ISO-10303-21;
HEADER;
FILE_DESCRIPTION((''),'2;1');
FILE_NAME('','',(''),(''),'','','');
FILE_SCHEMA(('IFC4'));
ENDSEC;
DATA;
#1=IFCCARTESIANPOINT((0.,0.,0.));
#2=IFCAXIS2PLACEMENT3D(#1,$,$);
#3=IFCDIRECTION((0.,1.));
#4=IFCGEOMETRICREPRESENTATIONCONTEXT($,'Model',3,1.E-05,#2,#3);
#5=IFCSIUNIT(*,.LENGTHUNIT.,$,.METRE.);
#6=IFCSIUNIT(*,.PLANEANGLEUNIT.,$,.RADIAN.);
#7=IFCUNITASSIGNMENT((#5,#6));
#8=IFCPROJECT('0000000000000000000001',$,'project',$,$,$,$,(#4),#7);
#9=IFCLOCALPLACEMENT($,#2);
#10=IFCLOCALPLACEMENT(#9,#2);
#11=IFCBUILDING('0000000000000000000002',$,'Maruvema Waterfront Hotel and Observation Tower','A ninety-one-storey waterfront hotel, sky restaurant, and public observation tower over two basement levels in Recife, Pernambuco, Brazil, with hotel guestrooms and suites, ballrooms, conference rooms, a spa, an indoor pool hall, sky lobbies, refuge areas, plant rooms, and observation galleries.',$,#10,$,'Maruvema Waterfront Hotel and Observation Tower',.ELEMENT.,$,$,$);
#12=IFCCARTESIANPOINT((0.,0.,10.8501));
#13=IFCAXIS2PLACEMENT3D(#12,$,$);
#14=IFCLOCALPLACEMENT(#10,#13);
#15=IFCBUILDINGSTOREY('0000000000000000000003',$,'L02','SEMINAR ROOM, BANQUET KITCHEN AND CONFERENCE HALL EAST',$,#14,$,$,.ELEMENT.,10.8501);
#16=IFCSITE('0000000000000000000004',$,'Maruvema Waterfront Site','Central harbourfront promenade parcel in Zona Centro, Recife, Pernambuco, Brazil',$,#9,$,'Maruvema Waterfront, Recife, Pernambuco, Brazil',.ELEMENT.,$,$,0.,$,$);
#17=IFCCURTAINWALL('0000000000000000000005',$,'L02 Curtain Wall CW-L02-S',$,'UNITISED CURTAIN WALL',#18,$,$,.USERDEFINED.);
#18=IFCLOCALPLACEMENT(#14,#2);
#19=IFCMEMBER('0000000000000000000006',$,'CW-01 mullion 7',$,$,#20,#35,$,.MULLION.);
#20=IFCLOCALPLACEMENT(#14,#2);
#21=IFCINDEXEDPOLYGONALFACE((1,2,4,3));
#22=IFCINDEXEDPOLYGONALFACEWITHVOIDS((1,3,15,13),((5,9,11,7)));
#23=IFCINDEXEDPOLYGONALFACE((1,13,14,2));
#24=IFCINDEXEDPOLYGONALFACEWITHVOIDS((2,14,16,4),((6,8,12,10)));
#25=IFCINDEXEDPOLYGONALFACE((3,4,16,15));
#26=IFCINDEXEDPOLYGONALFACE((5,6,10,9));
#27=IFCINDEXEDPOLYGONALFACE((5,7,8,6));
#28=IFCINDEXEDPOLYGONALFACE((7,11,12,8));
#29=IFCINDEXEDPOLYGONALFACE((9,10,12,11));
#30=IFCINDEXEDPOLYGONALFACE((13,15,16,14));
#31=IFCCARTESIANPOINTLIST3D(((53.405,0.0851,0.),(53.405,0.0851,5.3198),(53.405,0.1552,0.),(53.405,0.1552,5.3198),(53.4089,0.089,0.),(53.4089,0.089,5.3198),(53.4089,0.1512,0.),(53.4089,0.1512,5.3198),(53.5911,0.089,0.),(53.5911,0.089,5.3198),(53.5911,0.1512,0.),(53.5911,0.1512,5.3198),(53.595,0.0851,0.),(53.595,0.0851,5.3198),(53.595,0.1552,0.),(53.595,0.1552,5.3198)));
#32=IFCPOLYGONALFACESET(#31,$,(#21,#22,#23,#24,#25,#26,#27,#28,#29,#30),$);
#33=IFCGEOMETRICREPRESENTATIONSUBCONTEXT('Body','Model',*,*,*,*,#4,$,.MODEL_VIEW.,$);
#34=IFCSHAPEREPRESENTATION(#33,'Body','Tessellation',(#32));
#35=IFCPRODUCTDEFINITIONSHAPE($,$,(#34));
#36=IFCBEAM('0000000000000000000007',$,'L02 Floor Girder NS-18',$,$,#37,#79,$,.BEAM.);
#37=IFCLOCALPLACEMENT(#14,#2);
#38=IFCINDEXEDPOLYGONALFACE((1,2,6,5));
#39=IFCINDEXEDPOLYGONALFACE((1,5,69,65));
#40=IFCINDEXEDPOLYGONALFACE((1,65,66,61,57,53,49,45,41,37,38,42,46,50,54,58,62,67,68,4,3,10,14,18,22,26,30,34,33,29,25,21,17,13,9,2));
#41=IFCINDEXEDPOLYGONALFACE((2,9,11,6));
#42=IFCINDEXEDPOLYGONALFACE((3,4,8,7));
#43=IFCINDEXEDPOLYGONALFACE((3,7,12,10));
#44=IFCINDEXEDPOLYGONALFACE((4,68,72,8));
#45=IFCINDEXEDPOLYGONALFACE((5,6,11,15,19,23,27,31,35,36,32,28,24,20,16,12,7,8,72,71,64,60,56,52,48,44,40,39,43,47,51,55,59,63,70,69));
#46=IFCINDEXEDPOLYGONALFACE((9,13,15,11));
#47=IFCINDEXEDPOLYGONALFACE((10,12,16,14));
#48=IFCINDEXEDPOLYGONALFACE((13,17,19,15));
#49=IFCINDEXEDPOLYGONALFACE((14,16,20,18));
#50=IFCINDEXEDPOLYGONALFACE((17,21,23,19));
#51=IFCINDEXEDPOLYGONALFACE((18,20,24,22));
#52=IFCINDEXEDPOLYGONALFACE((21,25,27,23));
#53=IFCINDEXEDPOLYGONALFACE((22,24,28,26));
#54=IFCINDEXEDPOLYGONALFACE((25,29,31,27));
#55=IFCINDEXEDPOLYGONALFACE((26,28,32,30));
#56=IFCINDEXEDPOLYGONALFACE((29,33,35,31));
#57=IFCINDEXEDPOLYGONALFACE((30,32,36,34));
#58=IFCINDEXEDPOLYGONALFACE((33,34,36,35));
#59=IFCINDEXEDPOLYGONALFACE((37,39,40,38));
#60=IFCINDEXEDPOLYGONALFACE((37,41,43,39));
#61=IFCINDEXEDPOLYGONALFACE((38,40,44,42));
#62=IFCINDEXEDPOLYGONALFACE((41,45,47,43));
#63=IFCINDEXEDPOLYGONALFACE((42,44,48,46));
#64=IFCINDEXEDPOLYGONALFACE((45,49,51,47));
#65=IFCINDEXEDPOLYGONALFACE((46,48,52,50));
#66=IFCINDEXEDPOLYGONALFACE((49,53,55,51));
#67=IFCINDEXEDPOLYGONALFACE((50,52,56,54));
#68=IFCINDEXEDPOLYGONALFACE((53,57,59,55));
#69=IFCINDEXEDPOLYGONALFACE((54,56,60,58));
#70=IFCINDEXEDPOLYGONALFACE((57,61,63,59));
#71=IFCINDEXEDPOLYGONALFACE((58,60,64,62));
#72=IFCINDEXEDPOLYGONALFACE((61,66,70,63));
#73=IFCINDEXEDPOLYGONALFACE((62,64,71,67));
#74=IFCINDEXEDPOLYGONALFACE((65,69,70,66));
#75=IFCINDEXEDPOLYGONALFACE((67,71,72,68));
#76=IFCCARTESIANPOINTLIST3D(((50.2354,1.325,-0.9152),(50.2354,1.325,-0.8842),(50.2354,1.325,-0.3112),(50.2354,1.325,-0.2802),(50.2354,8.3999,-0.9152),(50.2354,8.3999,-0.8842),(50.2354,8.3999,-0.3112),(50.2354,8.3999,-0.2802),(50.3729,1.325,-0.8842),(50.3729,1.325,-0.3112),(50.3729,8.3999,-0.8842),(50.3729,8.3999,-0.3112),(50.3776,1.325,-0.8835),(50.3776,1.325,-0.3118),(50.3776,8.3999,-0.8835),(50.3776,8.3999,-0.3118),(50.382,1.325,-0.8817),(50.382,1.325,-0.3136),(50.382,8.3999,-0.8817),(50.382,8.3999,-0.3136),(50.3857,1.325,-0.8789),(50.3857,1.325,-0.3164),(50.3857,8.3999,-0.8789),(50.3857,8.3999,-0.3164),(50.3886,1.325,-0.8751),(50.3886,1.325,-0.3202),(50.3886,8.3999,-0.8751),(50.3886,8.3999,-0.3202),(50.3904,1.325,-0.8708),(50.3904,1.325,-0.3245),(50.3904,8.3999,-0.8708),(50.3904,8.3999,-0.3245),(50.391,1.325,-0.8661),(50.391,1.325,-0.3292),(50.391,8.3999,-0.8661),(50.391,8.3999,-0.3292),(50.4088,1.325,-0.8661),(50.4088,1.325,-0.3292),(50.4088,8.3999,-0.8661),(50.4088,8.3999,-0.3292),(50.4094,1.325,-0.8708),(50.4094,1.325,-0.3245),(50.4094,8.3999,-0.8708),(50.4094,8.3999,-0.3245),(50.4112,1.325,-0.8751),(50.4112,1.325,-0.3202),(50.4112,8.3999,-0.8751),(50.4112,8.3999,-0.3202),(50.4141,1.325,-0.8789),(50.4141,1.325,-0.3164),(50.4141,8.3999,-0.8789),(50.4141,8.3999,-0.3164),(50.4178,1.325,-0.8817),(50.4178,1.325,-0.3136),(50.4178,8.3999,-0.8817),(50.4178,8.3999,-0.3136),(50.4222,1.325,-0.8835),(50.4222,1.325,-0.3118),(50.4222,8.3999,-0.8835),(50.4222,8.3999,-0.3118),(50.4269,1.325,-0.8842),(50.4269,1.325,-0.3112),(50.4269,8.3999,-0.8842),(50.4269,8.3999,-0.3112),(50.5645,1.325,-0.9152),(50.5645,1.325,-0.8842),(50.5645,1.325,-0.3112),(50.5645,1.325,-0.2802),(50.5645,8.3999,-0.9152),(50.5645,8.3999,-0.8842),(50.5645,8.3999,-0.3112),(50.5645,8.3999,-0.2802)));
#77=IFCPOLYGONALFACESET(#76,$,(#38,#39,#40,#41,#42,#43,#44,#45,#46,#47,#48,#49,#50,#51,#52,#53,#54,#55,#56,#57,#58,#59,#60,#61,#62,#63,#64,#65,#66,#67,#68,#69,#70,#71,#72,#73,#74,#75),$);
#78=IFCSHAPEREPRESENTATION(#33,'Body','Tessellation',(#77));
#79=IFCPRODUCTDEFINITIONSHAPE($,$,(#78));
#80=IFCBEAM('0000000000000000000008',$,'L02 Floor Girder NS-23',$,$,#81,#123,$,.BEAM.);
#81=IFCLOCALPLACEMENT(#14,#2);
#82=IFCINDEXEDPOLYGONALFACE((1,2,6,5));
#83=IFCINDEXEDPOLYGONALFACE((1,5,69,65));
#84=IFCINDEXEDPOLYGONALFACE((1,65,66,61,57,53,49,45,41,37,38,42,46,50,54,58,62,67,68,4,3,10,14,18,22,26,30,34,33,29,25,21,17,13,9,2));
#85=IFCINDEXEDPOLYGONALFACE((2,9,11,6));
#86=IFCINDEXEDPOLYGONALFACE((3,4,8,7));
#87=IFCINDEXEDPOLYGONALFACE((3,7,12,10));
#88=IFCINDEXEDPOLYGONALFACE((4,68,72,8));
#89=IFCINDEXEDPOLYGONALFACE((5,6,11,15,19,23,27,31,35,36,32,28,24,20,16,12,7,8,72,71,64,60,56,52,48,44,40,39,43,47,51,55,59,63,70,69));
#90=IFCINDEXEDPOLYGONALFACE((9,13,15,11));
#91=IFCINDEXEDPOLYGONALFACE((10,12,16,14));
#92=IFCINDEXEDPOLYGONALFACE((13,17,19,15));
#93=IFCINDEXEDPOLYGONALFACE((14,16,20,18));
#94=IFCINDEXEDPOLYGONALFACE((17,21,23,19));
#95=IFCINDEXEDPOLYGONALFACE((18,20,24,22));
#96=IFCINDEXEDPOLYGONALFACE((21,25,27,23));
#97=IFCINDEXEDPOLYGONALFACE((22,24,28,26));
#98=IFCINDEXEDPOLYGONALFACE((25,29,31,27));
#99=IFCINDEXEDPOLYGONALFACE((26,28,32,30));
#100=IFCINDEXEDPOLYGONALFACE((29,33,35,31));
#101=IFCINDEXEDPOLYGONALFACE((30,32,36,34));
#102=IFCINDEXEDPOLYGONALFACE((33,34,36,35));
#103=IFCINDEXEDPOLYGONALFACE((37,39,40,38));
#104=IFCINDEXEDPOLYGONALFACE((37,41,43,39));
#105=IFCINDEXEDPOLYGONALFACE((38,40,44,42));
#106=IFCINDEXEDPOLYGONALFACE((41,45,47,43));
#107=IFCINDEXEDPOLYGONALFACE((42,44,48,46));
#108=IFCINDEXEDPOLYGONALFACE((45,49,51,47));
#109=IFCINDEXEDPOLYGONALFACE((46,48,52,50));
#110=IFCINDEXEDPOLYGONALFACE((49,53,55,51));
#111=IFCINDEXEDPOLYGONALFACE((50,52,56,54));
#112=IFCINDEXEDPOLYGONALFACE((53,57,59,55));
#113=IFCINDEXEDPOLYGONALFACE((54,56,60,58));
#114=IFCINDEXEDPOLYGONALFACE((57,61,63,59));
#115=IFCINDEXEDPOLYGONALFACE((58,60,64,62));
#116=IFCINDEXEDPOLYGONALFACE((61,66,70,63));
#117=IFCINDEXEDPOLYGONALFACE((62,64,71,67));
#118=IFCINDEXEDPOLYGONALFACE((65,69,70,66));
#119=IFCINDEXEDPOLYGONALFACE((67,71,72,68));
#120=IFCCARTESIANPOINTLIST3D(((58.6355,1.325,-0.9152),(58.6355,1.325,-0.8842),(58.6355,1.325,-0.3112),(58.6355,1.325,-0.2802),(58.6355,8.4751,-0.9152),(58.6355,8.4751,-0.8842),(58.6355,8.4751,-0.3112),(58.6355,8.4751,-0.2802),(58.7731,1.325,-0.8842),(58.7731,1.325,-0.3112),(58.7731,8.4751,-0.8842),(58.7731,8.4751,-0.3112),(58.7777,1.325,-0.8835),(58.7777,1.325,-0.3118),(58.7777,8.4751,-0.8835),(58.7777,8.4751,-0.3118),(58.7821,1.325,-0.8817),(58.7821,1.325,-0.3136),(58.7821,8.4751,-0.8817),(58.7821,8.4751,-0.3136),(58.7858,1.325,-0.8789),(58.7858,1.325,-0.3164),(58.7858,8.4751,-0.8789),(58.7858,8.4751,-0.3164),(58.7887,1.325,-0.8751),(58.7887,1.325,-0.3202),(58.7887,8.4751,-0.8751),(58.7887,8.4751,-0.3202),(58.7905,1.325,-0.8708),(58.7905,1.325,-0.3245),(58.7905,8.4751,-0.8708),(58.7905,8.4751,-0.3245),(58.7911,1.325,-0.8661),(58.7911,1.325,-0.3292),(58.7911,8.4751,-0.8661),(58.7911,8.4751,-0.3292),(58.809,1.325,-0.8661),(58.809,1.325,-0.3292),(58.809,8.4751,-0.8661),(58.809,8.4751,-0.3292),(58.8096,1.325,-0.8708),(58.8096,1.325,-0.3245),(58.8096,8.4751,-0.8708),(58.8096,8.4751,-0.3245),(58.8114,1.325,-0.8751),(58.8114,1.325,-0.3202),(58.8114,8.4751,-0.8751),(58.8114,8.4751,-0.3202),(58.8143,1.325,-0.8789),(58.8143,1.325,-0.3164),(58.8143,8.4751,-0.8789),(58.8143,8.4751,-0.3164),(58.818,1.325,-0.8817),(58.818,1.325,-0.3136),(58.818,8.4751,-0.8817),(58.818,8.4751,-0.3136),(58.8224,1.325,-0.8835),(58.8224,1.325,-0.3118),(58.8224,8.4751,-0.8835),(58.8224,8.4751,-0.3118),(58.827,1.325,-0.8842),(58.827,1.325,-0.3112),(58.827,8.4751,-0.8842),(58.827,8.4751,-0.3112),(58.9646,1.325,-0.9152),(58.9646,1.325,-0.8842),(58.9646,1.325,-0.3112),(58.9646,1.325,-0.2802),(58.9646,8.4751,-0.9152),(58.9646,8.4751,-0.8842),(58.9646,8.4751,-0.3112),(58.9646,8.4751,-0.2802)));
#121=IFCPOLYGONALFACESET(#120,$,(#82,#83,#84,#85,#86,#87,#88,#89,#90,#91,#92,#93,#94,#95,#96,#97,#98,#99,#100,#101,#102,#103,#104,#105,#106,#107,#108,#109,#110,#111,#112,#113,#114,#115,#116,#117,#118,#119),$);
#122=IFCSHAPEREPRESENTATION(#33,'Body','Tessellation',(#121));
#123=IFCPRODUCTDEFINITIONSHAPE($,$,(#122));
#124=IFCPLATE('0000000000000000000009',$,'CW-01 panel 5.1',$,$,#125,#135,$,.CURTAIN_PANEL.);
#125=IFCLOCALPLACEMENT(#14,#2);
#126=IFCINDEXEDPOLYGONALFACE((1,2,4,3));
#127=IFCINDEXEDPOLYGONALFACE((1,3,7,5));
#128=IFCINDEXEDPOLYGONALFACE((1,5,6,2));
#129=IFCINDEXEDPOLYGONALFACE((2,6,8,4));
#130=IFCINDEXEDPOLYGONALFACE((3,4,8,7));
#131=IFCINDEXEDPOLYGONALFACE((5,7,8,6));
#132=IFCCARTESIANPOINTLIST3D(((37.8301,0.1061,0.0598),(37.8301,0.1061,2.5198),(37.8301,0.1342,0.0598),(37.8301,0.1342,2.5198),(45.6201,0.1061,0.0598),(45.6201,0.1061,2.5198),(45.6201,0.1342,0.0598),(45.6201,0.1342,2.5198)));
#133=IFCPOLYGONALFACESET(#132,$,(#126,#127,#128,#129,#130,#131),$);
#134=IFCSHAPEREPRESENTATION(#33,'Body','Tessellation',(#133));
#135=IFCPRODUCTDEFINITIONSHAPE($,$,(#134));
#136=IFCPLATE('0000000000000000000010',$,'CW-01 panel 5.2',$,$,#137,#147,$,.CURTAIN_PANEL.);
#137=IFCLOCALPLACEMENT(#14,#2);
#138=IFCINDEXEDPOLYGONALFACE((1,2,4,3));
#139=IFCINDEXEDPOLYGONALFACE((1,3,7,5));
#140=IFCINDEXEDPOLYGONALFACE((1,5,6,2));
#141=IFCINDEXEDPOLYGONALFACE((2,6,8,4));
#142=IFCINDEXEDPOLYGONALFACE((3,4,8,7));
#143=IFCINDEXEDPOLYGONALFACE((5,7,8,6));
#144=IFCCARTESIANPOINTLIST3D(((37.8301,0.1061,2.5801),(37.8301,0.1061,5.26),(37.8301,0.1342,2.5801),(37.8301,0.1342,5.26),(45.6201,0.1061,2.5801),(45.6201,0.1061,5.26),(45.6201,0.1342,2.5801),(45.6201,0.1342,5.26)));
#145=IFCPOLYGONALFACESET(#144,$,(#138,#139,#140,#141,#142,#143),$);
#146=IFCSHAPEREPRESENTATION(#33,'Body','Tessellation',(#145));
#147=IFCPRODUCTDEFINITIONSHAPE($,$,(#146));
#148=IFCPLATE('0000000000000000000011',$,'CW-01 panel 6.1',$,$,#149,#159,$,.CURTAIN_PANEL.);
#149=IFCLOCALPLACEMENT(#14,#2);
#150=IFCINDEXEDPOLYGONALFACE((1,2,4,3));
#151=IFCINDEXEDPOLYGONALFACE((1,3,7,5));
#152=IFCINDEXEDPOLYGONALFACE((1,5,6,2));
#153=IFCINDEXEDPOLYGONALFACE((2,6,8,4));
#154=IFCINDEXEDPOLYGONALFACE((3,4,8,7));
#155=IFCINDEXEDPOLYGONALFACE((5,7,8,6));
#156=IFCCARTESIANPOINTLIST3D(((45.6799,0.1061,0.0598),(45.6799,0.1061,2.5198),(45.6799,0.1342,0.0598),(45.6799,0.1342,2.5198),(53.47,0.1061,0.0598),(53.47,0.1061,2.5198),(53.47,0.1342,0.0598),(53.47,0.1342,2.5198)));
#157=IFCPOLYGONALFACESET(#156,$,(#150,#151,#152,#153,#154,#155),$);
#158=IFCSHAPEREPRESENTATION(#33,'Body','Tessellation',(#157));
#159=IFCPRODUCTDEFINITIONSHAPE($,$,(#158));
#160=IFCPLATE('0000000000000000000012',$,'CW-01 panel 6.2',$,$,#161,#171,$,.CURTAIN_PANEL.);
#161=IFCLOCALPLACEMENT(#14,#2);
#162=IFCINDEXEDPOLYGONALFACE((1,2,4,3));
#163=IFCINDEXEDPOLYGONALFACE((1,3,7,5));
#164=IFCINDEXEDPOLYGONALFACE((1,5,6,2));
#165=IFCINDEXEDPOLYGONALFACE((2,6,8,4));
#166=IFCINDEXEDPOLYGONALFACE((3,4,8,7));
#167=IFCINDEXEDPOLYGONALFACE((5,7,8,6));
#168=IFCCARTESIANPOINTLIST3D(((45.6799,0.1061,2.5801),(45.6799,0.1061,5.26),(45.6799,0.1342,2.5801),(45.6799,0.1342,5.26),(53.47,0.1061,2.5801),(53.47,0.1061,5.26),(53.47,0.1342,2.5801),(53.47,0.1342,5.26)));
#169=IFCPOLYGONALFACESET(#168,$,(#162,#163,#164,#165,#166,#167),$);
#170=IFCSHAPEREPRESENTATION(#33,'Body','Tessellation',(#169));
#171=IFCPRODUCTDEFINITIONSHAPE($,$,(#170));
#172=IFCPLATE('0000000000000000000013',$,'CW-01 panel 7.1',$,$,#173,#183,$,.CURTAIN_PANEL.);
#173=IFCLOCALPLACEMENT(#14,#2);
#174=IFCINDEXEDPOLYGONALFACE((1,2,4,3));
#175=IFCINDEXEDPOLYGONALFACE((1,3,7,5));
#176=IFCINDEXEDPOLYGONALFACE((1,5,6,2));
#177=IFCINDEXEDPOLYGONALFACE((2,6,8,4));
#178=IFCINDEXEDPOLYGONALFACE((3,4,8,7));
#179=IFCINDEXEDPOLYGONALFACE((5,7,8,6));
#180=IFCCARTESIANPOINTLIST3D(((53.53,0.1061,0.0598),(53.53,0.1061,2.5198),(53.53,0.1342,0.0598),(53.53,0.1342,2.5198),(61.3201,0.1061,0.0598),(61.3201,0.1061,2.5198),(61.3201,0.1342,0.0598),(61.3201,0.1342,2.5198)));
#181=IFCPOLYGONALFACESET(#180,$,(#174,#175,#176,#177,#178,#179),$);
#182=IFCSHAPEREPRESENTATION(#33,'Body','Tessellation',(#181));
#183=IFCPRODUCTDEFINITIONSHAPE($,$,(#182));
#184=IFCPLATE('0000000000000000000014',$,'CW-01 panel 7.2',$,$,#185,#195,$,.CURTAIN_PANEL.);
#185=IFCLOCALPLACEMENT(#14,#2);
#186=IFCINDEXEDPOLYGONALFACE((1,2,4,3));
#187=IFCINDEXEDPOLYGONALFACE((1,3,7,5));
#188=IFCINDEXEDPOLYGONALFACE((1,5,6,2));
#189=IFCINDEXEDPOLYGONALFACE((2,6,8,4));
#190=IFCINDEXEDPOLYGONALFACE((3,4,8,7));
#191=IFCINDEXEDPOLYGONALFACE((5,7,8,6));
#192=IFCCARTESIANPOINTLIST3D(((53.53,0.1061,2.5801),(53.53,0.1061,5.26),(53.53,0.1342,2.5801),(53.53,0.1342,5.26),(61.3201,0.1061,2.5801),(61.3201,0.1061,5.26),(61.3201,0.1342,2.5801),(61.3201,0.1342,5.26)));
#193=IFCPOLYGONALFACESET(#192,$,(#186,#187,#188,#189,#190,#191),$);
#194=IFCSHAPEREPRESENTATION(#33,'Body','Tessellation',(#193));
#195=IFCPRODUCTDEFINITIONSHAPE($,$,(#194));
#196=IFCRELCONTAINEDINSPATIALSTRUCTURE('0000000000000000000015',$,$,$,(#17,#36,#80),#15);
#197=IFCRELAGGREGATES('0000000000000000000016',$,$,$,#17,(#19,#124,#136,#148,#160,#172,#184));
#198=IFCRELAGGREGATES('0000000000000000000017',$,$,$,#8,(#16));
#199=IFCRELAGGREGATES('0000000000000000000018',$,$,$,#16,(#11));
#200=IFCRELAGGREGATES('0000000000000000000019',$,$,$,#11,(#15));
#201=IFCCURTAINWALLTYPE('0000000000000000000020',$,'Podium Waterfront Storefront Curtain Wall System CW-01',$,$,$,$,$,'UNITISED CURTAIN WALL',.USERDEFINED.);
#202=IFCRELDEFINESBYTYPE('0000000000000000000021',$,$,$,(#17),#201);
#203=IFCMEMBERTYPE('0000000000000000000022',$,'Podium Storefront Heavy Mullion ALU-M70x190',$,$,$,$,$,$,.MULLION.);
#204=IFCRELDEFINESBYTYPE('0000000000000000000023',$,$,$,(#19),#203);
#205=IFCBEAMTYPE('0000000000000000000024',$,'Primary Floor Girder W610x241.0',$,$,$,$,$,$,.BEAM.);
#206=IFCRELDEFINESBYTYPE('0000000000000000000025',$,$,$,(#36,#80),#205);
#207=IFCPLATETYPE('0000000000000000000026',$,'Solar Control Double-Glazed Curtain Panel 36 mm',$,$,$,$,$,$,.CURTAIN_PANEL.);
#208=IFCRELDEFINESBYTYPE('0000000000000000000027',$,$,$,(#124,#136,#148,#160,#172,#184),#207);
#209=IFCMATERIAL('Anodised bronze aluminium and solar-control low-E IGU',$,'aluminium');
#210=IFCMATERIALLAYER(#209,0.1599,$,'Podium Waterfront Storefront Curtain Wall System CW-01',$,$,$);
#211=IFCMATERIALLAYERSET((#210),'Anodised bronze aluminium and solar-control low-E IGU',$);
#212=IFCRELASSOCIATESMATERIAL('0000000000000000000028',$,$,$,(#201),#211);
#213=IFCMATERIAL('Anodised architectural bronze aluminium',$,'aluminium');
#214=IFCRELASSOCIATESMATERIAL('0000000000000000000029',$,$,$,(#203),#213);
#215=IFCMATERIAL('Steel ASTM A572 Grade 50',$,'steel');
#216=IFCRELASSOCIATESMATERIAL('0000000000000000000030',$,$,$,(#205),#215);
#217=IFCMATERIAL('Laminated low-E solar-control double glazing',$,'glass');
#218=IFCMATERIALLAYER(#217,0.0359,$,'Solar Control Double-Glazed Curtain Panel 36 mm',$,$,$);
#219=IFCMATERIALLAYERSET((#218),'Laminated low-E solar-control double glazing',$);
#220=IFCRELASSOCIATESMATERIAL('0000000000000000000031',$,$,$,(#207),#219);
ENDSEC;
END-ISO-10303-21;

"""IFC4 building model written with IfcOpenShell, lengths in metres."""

from ifc_helpers import new_model, si_unit, direction, frame, origin, origin_2d, place, context, subcontext, project, spatial, rectangle, hollow_rectangle, i_section, extrude, material, layer, layer_set, material_profile, profile_set, type_object, element, aggregate, save


model = new_model("IFC4")

# Units and contexts
model_context = context("Model", 3, precision=1e-05, world=origin(), true_north=direction((0.0, 1.0)))
body_context = subcontext(model_context, "Body", "Model", "MODEL_VIEW")
ifc_project = project(units=[si_unit("LENGTHUNIT", "METRE"), si_unit("PLANEANGLEUNIT", "RADIAN")], contexts=[model_context])

# Site, building, storey
site_placement = place(None, origin())
site = spatial("IfcSite", under=ifc_project, at=site_placement, Name="Maruvema Waterfront Site", Description="Central harbourfront promenade parcel in Zona Centro, Recife, Pernambuco, Brazil", LongName="Maruvema Waterfront, Recife, Pernambuco, Brazil", CompositionType="ELEMENT", RefElevation=0.0)
building_placement = place(site_placement, origin())
building = spatial("IfcBuilding", under=site, at=building_placement, Name="Maruvema Waterfront Hotel and Observation Tower", Description="A ninety-one-storey waterfront hotel, sky restaurant, and public observation tower over two basement levels in Recife, Pernambuco, Brazil, with hotel guestrooms and suites, ballrooms, conference rooms, a spa, an indoor pool hall, sky lobbies, refuge areas, plant rooms, and observation galleries.", LongName="Maruvema Waterfront Hotel and Observation Tower", CompositionType="ELEMENT")
storey_placement = place(building_placement, frame((0.0, 0.0, 10.8501)))
storey = spatial("IfcBuildingStorey", under=building, at=storey_placement, Name="L02", Description="SEMINAR ROOM, BANQUET KITCHEN AND CONFERENCE HALL EAST", CompositionType="ELEMENT", Elevation=10.8501)

# Curtain wall
ifc_material_1 = material(Name="Anodised bronze aluminium and solar-control low-E IGU", Category="aluminium")
ifc_layer_1 = layer(ifc_material_1, 0.1599, Name="Podium Waterfront Storefront Curtain Wall System CW-01")
ifc_layer_set_1 = layer_set([ifc_layer_1], Name="Anodised bronze aluminium and solar-control low-E IGU")
curtain_wall_type = type_object("IfcCurtainWallType", Name="Podium Waterfront Storefront Curtain Wall System CW-01", ElementType="UNITISED CURTAIN WALL", PredefinedType="USERDEFINED", material=ifc_layer_set_1)
curtain_wall_placement = place(storey_placement, origin())
curtain_wall = element("IfcCurtainWall", 1, at=curtain_wall_placement, inside=storey, type_object=curtain_wall_type, Name="L02 Curtain Wall CW-L02-S", ObjectType="UNITISED CURTAIN WALL", PredefinedType="USERDEFINED")

# Member
ifc_material_2 = material(Name="Anodised architectural bronze aluminium", Category="aluminium")
ifc_material_profile_1 = material_profile(ifc_material_2, hollow_rectangle(XDim=0.0701, YDim=0.1899, WallThickness=0.0039, at=origin_2d()), Name="ALU-M70x190")
ifc_profile_set_1 = profile_set([ifc_material_profile_1], Name="Anodised architectural bronze aluminium")
member_type_1 = type_object("IfcMemberType", Name="Podium Storefront Heavy Mullion ALU-M70x190", PredefinedType="MULLION", material=ifc_profile_set_1)
member_1_placement = place(storey_placement, frame((53.5, 0.1201, 0.0), z_axis=(0.0, 0.0, 1.0), x_axis=(0.0, 1.0, 0.0)))
member_1 = element("IfcMember", 2, at=member_1_placement, type_object=member_type_1, Name="CW-01 mullion 7", PredefinedType="MULLION", context=body_context, shape_type="SweptSolid", body=[
    extrude(hollow_rectangle(XDim=0.0701, YDim=0.1899, WallThickness=0.0039, at=origin_2d()), origin(), (0.0, 0.0, 1.0), 5.3198),
])

# Beams
ifc_material_3 = material(Name="Steel ASTM A572 Grade 50", Category="steel")
ifc_material_profile_2 = material_profile(ifc_material_3, i_section(OverallWidth=0.3291, OverallDepth=0.635, WebThickness=0.0178, FlangeThickness=0.031, FilletRadius=0.0181, at=origin_2d()), Name="W610x241.0")
ifc_profile_set_2 = profile_set([ifc_material_profile_2], Name="Steel ASTM A572 Grade 50")
beam_type_1 = type_object("IfcBeamType", Name="Primary Floor Girder W610x241.0", PredefinedType="BEAM", material=ifc_profile_set_2)
beam_1_placement = place(storey_placement, frame((50.3999, 1.325, -0.5977), z_axis=(0.0, 1.0, 0.0), x_axis=(-1.0, 0.0, 0.0)))
element("IfcBeam", 3, at=beam_1_placement, inside=storey, type_object=beam_type_1, Name="L02 Floor Girder NS-18", PredefinedType="BEAM", context=body_context, shape_type="SweptSolid", body=[
    extrude(i_section(OverallWidth=0.3291, OverallDepth=0.635, WebThickness=0.0178, FlangeThickness=0.031, FilletRadius=0.0181, at=origin_2d()), origin(), (0.0, 0.0, 1.0), 7.075),
])
beam_2_placement = place(storey_placement, frame((58.8, 1.325, -0.5977), z_axis=(0.0, 1.0, 0.0), x_axis=(-1.0, 0.0, 0.0)))
element("IfcBeam", 4, at=beam_2_placement, inside=storey, type_object=beam_type_1, Name="L02 Floor Girder NS-23", PredefinedType="BEAM", context=body_context, shape_type="SweptSolid", body=[
    extrude(i_section(OverallWidth=0.3291, OverallDepth=0.635, WebThickness=0.0178, FlangeThickness=0.031, FilletRadius=0.0181, at=origin_2d()), origin(), (0.0, 0.0, 1.0), 7.1501),
])

# Plates
ifc_material_4 = material(Name="Laminated low-E solar-control double glazing", Category="glass")
ifc_layer_2 = layer(ifc_material_4, 0.0359, Name="Solar Control Double-Glazed Curtain Panel 36 mm")
ifc_layer_set_2 = layer_set([ifc_layer_2], Name="Laminated low-E solar-control double glazing")
plate_type = type_object("IfcPlateType", Name="Solar Control Double-Glazed Curtain Panel 36 mm", PredefinedType="CURTAIN_PANEL", material=ifc_layer_set_2)
plate_1_placement = place(storey_placement, frame((41.7251, 0.1201, 0.0598), z_axis=(0.0, 0.0, 1.0), x_axis=(1.0, 0.0, 0.0)))
plate_1 = element("IfcPlate", 5, at=plate_1_placement, type_object=plate_type, Name="CW-01 panel 5.1", PredefinedType="CURTAIN_PANEL", context=body_context, shape_type="SweptSolid", body=[
    extrude(rectangle(XDim=7.79, YDim=0.0281, at=origin_2d()), origin(), (0.0, 0.0, 1.0), 2.46),
])
plate_2_placement = place(storey_placement, frame((41.7251, 0.1201, 2.5801), z_axis=(0.0, 0.0, 1.0), x_axis=(1.0, 0.0, 0.0)))
plate_2 = element("IfcPlate", 6, at=plate_2_placement, type_object=plate_type, Name="CW-01 panel 5.2", PredefinedType="CURTAIN_PANEL", context=body_context, shape_type="SweptSolid", body=[
    extrude(rectangle(XDim=7.79, YDim=0.0281, at=origin_2d()), origin(), (0.0, 0.0, 1.0), 2.6799),
])
plate_3_placement = place(storey_placement, frame((49.575, 0.1201, 0.0598), z_axis=(0.0, 0.0, 1.0), x_axis=(1.0, 0.0, 0.0)))
plate_3 = element("IfcPlate", 7, at=plate_3_placement, type_object=plate_type, Name="CW-01 panel 6.1", PredefinedType="CURTAIN_PANEL", context=body_context, shape_type="SweptSolid", body=[
    extrude(rectangle(XDim=7.79, YDim=0.0281, at=origin_2d()), origin(), (0.0, 0.0, 1.0), 2.46),
])
plate_4_placement = place(storey_placement, frame((49.575, 0.1201, 2.5801), z_axis=(0.0, 0.0, 1.0), x_axis=(1.0, 0.0, 0.0)))
plate_4 = element("IfcPlate", 8, at=plate_4_placement, type_object=plate_type, Name="CW-01 panel 6.2", PredefinedType="CURTAIN_PANEL", context=body_context, shape_type="SweptSolid", body=[
    extrude(rectangle(XDim=7.79, YDim=0.0281, at=origin_2d()), origin(), (0.0, 0.0, 1.0), 2.6799),
])
plate_5_placement = place(storey_placement, frame((57.425, 0.1201, 0.0598), z_axis=(0.0, 0.0, 1.0), x_axis=(1.0, 0.0, 0.0)))
plate_5 = element("IfcPlate", 9, at=plate_5_placement, type_object=plate_type, Name="CW-01 panel 7.1", PredefinedType="CURTAIN_PANEL", context=body_context, shape_type="SweptSolid", body=[
    extrude(rectangle(XDim=7.79, YDim=0.0281, at=origin_2d()), origin(), (0.0, 0.0, 1.0), 2.46),
])
plate_6_placement = place(storey_placement, frame((57.425, 0.1201, 2.5801), z_axis=(0.0, 0.0, 1.0), x_axis=(1.0, 0.0, 0.0)))
plate_6 = element("IfcPlate", 10, at=plate_6_placement, type_object=plate_type, Name="CW-01 panel 7.2", PredefinedType="CURTAIN_PANEL", context=body_context, shape_type="SweptSolid", body=[
    extrude(rectangle(XDim=7.79, YDim=0.0281, at=origin_2d()), origin(), (0.0, 0.0, 1.0), 2.6799),
])
aggregate(curtain_wall, [member_1, plate_1, plate_2, plate_3, plate_4, plate_5, plate_6])

save(model, "model.ifc")
